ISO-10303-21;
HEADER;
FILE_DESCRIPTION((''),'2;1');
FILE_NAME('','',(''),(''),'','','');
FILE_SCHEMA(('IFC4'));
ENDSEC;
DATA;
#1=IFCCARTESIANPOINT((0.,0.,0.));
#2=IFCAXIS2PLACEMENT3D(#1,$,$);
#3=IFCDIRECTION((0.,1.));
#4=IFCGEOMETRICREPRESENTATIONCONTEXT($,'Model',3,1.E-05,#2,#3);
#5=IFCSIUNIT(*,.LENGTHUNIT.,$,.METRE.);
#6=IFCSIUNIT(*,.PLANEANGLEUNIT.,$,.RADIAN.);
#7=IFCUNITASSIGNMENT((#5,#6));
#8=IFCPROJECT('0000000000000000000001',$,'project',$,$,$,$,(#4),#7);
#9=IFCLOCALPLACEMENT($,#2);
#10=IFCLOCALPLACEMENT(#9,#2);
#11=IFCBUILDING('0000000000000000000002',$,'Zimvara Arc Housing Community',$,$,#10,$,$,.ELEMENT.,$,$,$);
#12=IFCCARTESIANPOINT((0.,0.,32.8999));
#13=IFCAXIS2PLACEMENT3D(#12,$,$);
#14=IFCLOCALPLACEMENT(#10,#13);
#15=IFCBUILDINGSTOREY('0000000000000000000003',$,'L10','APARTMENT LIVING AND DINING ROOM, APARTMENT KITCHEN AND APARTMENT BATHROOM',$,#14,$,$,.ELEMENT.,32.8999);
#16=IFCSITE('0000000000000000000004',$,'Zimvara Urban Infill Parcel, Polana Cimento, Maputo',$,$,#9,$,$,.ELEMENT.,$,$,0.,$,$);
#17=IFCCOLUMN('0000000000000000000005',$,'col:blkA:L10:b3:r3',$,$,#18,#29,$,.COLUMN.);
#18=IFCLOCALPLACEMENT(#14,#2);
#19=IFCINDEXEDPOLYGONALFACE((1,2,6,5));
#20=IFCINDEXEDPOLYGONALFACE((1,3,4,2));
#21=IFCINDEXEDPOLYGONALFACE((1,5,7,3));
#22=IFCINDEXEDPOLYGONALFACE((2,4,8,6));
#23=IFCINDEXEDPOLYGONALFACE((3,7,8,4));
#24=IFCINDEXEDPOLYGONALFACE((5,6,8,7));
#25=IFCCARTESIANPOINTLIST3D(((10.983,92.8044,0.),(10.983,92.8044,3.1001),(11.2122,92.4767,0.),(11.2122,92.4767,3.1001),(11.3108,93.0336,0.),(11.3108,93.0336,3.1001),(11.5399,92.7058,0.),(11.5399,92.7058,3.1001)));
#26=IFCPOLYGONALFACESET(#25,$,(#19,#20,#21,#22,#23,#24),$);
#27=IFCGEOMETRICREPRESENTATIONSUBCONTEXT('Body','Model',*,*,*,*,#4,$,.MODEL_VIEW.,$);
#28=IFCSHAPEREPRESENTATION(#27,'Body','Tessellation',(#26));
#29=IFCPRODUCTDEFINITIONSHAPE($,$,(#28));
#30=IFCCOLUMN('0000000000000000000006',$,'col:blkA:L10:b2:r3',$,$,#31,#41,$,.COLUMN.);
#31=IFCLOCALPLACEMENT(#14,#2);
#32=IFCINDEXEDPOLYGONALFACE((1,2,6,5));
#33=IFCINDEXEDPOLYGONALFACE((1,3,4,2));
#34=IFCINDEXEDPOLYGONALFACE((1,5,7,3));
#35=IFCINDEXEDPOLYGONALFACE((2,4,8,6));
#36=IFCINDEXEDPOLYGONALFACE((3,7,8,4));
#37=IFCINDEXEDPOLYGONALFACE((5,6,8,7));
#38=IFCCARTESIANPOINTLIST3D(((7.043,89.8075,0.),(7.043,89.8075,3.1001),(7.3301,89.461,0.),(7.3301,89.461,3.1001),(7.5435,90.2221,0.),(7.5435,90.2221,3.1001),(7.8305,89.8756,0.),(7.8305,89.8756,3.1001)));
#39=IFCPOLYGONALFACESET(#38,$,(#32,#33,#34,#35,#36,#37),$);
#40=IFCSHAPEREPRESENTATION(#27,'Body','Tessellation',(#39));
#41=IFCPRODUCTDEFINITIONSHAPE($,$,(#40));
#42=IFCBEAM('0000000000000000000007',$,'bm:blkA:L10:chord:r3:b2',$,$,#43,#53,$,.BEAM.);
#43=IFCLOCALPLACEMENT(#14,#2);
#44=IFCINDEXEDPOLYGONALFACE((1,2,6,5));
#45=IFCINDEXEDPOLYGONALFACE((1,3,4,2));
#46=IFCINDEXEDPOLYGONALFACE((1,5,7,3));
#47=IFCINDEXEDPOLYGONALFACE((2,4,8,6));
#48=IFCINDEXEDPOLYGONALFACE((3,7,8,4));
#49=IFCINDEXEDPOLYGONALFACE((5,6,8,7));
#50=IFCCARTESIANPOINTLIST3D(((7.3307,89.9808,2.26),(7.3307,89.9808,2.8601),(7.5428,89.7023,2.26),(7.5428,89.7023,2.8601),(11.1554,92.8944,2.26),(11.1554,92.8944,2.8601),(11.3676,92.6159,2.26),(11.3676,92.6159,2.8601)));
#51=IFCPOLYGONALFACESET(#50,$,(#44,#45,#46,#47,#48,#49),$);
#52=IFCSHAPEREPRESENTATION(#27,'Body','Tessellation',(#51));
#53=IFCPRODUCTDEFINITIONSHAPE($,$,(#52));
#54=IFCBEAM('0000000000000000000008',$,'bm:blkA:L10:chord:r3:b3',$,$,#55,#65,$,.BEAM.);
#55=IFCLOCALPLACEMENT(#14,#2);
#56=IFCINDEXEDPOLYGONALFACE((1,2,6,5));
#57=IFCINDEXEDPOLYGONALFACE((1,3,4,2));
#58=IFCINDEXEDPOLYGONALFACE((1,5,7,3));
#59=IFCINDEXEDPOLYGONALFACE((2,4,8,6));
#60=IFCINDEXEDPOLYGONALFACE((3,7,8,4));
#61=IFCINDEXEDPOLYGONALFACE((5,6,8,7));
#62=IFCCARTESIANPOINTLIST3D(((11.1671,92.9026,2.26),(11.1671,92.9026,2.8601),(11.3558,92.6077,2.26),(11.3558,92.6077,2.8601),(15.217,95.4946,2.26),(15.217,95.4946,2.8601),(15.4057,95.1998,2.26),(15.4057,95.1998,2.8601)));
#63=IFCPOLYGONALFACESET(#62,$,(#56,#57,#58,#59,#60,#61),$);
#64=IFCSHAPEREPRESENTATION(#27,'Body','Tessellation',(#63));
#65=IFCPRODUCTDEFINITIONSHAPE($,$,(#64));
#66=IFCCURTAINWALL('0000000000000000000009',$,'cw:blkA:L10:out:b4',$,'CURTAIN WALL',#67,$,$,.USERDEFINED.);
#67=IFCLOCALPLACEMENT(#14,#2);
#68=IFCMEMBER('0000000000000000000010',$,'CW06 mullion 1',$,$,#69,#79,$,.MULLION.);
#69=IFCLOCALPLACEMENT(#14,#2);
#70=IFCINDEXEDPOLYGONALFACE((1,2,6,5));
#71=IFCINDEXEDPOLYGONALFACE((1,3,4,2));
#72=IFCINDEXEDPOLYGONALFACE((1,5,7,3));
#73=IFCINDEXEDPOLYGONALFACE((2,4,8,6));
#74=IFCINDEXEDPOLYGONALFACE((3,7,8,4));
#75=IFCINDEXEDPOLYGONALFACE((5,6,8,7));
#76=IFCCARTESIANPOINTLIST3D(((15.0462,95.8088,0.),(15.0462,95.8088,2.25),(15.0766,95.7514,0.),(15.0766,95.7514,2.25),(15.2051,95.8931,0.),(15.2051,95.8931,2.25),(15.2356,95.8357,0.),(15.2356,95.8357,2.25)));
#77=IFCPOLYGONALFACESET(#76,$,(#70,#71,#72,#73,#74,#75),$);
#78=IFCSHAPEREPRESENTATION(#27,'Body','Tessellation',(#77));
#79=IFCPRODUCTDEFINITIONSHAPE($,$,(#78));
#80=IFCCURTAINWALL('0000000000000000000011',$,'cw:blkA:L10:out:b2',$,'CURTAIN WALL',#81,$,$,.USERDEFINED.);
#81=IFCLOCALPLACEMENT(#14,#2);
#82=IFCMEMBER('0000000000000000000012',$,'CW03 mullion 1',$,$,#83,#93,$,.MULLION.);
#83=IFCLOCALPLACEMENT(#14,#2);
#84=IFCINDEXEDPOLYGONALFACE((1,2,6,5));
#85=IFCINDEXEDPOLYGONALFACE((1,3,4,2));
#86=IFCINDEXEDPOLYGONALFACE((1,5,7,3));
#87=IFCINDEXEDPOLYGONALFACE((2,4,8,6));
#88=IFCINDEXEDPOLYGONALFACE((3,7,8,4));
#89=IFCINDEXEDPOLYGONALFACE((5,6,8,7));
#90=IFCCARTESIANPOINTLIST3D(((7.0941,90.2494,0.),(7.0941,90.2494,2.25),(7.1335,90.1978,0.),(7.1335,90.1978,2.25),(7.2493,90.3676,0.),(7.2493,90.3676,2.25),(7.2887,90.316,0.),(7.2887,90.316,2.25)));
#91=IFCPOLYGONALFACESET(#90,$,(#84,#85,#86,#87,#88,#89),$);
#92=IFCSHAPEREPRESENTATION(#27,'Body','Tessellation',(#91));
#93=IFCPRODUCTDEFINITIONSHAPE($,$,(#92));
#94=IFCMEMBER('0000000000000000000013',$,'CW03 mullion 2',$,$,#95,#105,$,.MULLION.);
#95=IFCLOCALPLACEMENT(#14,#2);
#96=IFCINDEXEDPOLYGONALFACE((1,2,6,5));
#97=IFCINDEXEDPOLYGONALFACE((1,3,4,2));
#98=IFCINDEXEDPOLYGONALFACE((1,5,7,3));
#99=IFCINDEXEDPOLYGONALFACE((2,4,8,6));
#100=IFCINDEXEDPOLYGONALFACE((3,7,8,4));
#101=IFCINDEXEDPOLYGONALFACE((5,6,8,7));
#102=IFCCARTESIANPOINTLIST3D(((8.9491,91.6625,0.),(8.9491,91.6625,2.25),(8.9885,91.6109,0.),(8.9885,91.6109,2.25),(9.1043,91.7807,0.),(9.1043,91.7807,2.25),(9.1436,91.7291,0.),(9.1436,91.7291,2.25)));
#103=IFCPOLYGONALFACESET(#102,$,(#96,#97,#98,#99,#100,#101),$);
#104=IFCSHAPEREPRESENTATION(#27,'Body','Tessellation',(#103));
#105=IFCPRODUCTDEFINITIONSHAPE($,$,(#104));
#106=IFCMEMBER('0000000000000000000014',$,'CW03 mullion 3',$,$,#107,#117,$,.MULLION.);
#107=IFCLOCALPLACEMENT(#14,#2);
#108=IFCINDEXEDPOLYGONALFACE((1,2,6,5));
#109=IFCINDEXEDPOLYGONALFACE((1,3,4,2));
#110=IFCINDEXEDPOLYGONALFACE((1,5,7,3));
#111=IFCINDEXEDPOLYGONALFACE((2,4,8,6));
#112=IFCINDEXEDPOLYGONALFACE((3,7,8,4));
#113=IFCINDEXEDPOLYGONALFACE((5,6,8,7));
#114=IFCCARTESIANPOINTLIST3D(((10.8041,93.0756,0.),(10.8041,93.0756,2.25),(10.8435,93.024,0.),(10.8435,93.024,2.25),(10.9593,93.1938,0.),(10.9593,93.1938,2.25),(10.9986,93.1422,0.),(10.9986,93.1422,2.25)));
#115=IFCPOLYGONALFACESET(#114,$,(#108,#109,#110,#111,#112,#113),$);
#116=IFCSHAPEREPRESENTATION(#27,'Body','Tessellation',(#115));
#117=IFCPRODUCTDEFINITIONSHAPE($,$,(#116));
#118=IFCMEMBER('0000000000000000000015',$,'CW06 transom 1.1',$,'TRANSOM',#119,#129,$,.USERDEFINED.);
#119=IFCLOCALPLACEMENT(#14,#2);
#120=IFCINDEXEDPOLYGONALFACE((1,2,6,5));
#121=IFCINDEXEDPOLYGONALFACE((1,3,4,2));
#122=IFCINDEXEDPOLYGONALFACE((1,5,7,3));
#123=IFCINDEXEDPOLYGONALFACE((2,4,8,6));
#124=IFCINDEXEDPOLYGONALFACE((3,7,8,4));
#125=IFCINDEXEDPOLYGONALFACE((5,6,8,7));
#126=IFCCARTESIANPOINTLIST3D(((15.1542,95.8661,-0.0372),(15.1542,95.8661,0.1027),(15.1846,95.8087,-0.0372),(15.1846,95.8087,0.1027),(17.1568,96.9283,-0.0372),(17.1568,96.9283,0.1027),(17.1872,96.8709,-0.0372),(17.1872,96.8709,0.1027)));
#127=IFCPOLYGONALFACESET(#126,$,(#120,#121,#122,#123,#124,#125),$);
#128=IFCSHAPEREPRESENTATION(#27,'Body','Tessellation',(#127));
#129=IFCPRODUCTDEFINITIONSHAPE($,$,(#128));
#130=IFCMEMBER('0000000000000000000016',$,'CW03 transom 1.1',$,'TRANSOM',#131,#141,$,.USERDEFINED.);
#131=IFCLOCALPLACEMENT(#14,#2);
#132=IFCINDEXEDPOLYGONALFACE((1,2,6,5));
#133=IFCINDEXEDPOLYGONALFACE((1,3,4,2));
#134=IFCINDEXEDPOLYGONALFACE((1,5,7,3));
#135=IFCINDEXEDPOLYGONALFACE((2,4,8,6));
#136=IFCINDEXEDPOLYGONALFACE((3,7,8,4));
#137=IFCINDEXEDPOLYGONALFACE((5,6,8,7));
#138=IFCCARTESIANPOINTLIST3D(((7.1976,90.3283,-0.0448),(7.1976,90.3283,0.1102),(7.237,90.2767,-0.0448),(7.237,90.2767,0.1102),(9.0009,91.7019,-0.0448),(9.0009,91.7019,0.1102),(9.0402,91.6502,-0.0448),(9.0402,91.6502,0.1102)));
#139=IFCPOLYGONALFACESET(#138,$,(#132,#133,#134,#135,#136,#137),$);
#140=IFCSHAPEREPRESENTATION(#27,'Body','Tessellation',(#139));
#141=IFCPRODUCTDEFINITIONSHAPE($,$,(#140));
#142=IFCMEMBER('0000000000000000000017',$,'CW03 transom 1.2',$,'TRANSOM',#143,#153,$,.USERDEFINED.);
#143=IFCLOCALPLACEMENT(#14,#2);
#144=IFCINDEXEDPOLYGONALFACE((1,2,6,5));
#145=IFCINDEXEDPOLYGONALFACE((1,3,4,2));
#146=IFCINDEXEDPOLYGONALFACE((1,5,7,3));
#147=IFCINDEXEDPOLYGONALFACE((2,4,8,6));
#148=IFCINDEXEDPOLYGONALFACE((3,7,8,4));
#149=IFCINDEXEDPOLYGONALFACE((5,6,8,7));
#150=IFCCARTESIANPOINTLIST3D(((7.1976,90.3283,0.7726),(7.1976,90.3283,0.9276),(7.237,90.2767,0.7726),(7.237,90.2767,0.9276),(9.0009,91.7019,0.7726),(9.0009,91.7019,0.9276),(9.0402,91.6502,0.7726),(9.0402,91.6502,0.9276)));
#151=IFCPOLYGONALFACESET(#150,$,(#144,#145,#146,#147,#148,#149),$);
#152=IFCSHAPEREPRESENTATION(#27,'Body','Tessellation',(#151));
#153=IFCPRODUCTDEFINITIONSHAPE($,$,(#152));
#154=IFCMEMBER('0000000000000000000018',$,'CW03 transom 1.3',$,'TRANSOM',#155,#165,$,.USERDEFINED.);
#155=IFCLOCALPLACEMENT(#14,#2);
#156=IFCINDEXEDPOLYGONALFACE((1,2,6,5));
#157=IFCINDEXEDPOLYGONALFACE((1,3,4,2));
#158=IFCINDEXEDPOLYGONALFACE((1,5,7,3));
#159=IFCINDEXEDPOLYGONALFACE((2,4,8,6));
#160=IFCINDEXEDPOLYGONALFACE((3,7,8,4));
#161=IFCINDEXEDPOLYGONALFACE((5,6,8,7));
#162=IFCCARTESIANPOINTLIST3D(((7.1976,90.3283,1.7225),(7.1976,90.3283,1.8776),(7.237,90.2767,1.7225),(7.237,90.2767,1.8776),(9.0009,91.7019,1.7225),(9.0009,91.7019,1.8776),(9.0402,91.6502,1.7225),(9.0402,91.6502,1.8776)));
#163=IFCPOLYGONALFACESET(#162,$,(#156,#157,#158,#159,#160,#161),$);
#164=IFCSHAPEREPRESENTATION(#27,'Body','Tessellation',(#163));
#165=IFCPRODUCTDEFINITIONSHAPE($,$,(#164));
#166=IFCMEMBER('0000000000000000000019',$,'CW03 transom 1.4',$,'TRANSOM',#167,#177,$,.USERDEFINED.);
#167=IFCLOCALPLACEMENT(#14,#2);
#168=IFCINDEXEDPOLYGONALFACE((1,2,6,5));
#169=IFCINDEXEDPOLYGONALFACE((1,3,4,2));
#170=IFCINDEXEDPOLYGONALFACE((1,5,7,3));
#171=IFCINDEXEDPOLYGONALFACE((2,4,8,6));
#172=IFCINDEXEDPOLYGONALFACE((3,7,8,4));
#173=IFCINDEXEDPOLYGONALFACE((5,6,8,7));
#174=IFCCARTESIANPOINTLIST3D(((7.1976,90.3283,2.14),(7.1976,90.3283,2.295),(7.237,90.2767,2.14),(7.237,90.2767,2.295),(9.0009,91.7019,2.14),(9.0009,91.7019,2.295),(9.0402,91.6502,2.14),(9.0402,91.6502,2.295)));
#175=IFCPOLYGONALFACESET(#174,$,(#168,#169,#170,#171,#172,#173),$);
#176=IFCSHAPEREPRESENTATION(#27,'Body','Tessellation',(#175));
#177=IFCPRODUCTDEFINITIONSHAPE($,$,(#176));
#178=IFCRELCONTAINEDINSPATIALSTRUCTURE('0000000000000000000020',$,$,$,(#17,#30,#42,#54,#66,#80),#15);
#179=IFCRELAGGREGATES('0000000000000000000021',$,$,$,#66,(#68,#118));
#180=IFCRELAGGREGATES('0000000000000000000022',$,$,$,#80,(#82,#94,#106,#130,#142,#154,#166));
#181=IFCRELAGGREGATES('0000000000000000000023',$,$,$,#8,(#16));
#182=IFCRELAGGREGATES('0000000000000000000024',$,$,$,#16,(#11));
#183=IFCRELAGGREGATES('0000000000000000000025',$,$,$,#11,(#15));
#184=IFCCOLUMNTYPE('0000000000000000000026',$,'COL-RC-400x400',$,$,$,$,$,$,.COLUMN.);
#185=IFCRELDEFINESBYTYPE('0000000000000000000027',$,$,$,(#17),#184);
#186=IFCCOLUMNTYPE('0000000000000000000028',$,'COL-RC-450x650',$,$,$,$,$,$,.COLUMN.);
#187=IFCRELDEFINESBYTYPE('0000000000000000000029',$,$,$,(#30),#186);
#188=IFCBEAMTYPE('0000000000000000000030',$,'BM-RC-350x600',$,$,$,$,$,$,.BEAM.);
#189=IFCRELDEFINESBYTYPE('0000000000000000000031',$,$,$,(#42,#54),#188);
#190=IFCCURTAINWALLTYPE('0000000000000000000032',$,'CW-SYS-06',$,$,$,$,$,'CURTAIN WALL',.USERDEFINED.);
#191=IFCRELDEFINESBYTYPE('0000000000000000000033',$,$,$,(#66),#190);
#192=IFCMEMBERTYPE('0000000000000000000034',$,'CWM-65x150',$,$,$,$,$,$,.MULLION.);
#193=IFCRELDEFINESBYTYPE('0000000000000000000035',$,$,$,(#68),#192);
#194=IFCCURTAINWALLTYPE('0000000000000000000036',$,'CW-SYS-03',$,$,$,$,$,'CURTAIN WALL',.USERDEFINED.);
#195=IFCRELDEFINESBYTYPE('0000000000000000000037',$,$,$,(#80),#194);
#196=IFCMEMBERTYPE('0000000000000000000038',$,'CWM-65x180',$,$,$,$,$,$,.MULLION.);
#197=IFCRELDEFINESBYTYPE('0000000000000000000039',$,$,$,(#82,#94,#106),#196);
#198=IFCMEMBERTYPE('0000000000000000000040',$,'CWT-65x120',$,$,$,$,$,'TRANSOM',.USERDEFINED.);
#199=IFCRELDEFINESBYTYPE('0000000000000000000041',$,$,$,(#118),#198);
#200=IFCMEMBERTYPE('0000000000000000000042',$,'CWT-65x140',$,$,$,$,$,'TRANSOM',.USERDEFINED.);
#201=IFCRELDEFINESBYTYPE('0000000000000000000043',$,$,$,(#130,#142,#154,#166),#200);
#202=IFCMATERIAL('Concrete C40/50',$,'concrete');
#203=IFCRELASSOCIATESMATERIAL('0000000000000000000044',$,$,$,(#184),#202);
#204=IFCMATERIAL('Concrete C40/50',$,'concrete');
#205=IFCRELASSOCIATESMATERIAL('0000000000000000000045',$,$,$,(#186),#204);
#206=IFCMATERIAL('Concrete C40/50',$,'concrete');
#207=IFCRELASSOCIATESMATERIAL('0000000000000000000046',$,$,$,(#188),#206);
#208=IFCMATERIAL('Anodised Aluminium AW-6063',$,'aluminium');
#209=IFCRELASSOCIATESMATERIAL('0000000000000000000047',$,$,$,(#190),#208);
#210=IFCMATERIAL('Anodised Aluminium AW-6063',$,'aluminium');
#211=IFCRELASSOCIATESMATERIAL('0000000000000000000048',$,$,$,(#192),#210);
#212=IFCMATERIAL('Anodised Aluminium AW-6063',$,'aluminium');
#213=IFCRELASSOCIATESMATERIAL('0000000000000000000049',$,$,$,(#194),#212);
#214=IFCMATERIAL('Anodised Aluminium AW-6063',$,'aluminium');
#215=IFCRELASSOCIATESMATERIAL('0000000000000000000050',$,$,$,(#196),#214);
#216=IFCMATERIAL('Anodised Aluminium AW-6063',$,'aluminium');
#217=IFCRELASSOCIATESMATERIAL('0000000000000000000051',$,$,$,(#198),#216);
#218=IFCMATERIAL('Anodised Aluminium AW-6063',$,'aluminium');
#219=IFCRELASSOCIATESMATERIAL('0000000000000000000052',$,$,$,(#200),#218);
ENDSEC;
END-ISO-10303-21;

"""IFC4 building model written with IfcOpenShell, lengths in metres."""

from ifc_helpers import new_model, si_unit, direction, frame, origin, origin_2d, place, context, subcontext, project, spatial, rectangle, extrude, material, material_profile, profile_set, type_object, element, aggregate, save


model = new_model("IFC4")

# Units and contexts
model_context = context("Model", 3, precision=1e-05, world=origin(), true_north=direction((0.0, 1.0)))
body_context = subcontext(model_context, "Body", "Model", "MODEL_VIEW")
ifc_project = project(units=[si_unit("LENGTHUNIT", "METRE"), si_unit("PLANEANGLEUNIT", "RADIAN")], contexts=[model_context])

# Site, building, storey
site_placement = place(None, origin())
site = spatial("IfcSite", under=ifc_project, at=site_placement, Name="Zimvara Urban Infill Parcel, Polana Cimento, Maputo", CompositionType="ELEMENT", RefElevation=0.0)
building_placement = place(site_placement, origin())
building = spatial("IfcBuilding", under=site, at=building_placement, Name="Zimvara Arc Housing Community", CompositionType="ELEMENT")
storey_placement = place(building_placement, frame((0.0, 0.0, 32.8999)))
storey = spatial("IfcBuildingStorey", under=building, at=storey_placement, Name="L10", Description="APARTMENT LIVING AND DINING ROOM, APARTMENT KITCHEN AND APARTMENT BATHROOM", CompositionType="ELEMENT", Elevation=32.8999)

# Columns
ifc_material_1 = material(Name="Concrete C40/50", Category="concrete")
ifc_material_profile_1 = material_profile(ifc_material_1, rectangle(XDim=0.3999, YDim=0.3999, at=origin_2d()), Name="RC 400x400")
ifc_profile_set_1 = profile_set([ifc_material_profile_1], Name="Concrete C40/50")
column_type_1 = type_object("IfcColumnType", Name="COL-RC-400x400", PredefinedType="COLUMN", material=ifc_profile_set_1)
column_1_placement = place(storey_placement, frame((11.2615, 92.7551, 0.0), z_axis=(0.0, 0.0, 1.0), x_axis=(-0.573004, 0.819552, 0.0)))
element("IfcColumn", 1, at=column_1_placement, inside=storey, type_object=column_type_1, Name="col:blkA:L10:b3:r3", PredefinedType="COLUMN", context=body_context, shape_type="SweptSolid", body=[
    extrude(rectangle(XDim=0.3999, YDim=0.3999, at=origin_2d()), origin(), (0.0, 0.0, 1.0), 3.1001),
])
ifc_material_2 = material(Name="Concrete C40/50", Category="concrete")
ifc_material_profile_2 = material_profile(ifc_material_2, rectangle(XDim=0.45, YDim=0.6499, at=origin_2d()), Name="RC 450x650")
ifc_profile_set_2 = profile_set([ifc_material_profile_2], Name="Concrete C40/50")
column_type_2 = type_object("IfcColumnType", Name="COL-RC-450x650", PredefinedType="COLUMN", material=ifc_profile_set_2)
column_2_placement = place(storey_placement, frame((7.4368, 89.8416, 0.0), z_axis=(0.0, 0.0, 1.0), x_axis=(-0.637962, 0.770068, 0.0)))
element("IfcColumn", 2, at=column_2_placement, inside=storey, type_object=column_type_2, Name="col:blkA:L10:b2:r3", PredefinedType="COLUMN", context=body_context, shape_type="SweptSolid", body=[
    extrude(rectangle(XDim=0.45, YDim=0.6499, at=origin_2d()), origin(), (0.0, 0.0, 1.0), 3.1001),
])

# Beams
ifc_material_3 = material(Name="Concrete C40/50", Category="concrete")
ifc_material_profile_3 = material_profile(ifc_material_3, rectangle(XDim=0.3501, YDim=0.6001, at=origin_2d()), Name="RC 350x600")
ifc_profile_set_3 = profile_set([ifc_material_profile_3], Name="Concrete C40/50")
beam_type = type_object("IfcBeamType", Name="BM-RC-350x600", PredefinedType="BEAM", material=ifc_profile_set_3)
beam_1_placement = place(storey_placement, frame((7.4368, 89.8416, 2.5601), z_axis=(0.795481, 0.605979, 0.0), x_axis=(-0.605979, 0.795481, 0.0)))
element("IfcBeam", 3, at=beam_1_placement, inside=storey, type_object=beam_type, Name="bm:blkA:L10:chord:r3:b2", PredefinedType="BEAM", context=body_context, shape_type="SweptSolid", body=[
    extrude(rectangle(XDim=0.3501, YDim=0.6001, at=origin_2d()), origin(), (0.0, 0.0, 1.0), 4.8081),
])
beam_2_placement = place(storey_placement, frame((11.2615, 92.7551, 2.5601), z_axis=(0.842256, 0.539078, 0.0), x_axis=(-0.539078, 0.842256, 0.0)))
element("IfcBeam", 4, at=beam_2_placement, inside=storey, type_object=beam_type, Name="bm:blkA:L10:chord:r3:b3", PredefinedType="BEAM", context=body_context, shape_type="SweptSolid", body=[
    extrude(rectangle(XDim=0.3501, YDim=0.6001, at=origin_2d()), origin(), (0.0, 0.0, 1.0), 4.8083),
])

# Curtain wall, member
ifc_material_4 = material(Name="Anodised Aluminium AW-6063", Category="aluminium")
curtain_wall_type_1 = type_object("IfcCurtainWallType", Name="CW-SYS-06", ElementType="CURTAIN WALL", PredefinedType="USERDEFINED", material=ifc_material_4)
curtain_wall_1_placement = place(storey_placement, origin())
curtain_wall_1 = element("IfcCurtainWall", 5, at=curtain_wall_1_placement, inside=storey, type_object=curtain_wall_type_1, Name="cw:blkA:L10:out:b4", ObjectType="CURTAIN WALL", PredefinedType="USERDEFINED")
ifc_material_5 = material(Name="Anodised Aluminium AW-6063", Category="aluminium")
ifc_material_profile_4 = material_profile(ifc_material_5, rectangle(XDim=0.0649, YDim=0.1799, at=origin_2d()), Name="ALU 65x180")
ifc_profile_set_4 = profile_set([ifc_material_profile_4], Name="Anodised Aluminium AW-6063")
member_type_1 = type_object("IfcMemberType", Name="CWM-65x150", PredefinedType="MULLION", material=ifc_profile_set_4)
member_1_placement = place(storey_placement, frame((15.1409, 95.8223, 0.0), z_axis=(0.0, 0.0, 1.0), x_axis=(-0.468547, 0.883439, 0.0)))
member_1 = element("IfcMember", 6, at=member_1_placement, type_object=member_type_1, Name="CW06 mullion 1", PredefinedType="MULLION", context=body_context, shape_type="SweptSolid", body=[
    extrude(rectangle(XDim=0.0649, YDim=0.1799, at=origin_2d()), origin(), (0.0, 0.0, 1.0), 2.25),
])

# Curtain wall, members
ifc_material_6 = material(Name="Anodised Aluminium AW-6063", Category="aluminium")
curtain_wall_type_2 = type_object("IfcCurtainWallType", Name="CW-SYS-03", ElementType="CURTAIN WALL", PredefinedType="USERDEFINED", material=ifc_material_6)
curtain_wall_2_placement = place(storey_placement, origin())
curtain_wall_2 = element("IfcCurtainWall", 7, at=curtain_wall_2_placement, inside=storey, type_object=curtain_wall_type_2, Name="cw:blkA:L10:out:b2", ObjectType="CURTAIN WALL", PredefinedType="USERDEFINED")
ifc_material_7 = material(Name="Anodised Aluminium AW-6063", Category="aluminium")
ifc_material_profile_5 = material_profile(ifc_material_7, rectangle(XDim=0.0649, YDim=0.1951, at=origin_2d()), Name="ALU 65x195")
ifc_profile_set_5 = profile_set([ifc_material_profile_5], Name="Anodised Aluminium AW-6063")
member_type_2 = type_object("IfcMemberType", Name="CWM-65x180", PredefinedType="MULLION", material=ifc_profile_set_5)
member_2_placement = place(storey_placement, frame((7.1914, 90.2827, 0.0), z_axis=(0.0, 0.0, 1.0), x_axis=(-0.605988, 0.795474, 0.0)))
member_2 = element("IfcMember", 8, at=member_2_placement, type_object=member_type_2, Name="CW03 mullion 1", PredefinedType="MULLION", context=body_context, shape_type="SweptSolid", body=[
    extrude(rectangle(XDim=0.0649, YDim=0.1951, at=origin_2d()), origin(), (0.0, 0.0, 1.0), 2.25),
])
member_3_placement = place(storey_placement, frame((9.0464, 91.6958, 0.0), z_axis=(0.0, 0.0, 1.0), x_axis=(-0.605988, 0.795474, 0.0)))
member_3 = element("IfcMember", 9, at=member_3_placement, type_object=member_type_2, Name="CW03 mullion 2", PredefinedType="MULLION", context=body_context, shape_type="SweptSolid", body=[
    extrude(rectangle(XDim=0.0649, YDim=0.1951, at=origin_2d()), origin(), (0.0, 0.0, 1.0), 2.25),
])
member_4_placement = place(storey_placement, frame((10.9014, 93.1089, 0.0), z_axis=(0.0, 0.0, 1.0), x_axis=(-0.605988, 0.795474, 0.0)))
member_4 = element("IfcMember", 10, at=member_4_placement, type_object=member_type_2, Name="CW03 mullion 3", PredefinedType="MULLION", context=body_context, shape_type="SweptSolid", body=[
    extrude(rectangle(XDim=0.0649, YDim=0.1951, at=origin_2d()), origin(), (0.0, 0.0, 1.0), 2.25),
])

# Members
ifc_material_8 = material(Name="Anodised Aluminium AW-6063", Category="aluminium")
ifc_material_profile_6 = material_profile(ifc_material_8, rectangle(XDim=0.0649, YDim=0.1399, at=origin_2d()), Name="ALU 65x140")
ifc_profile_set_6 = profile_set([ifc_material_profile_6], Name="Anodised Aluminium AW-6063")
member_type_3 = type_object("IfcMemberType", Name="CWT-65x120", ElementType="TRANSOM", PredefinedType="USERDEFINED", material=ifc_profile_set_6)
member_5_placement = place(storey_placement, frame((15.1694, 95.8374, 0.0327), z_axis=(0.883421, 0.46858, 0.0), x_axis=(-0.46858, 0.883421, 0.0)))
member_5 = element("IfcMember", 11, at=member_5_placement, type_object=member_type_3, Name="CW06 transom 1.1", ObjectType="TRANSOM", PredefinedType="USERDEFINED", context=body_context, shape_type="SweptSolid", body=[
    extrude(rectangle(XDim=0.0649, YDim=0.1399, at=origin_2d()), origin(), (0.0, 0.0, 1.0), 2.2668),
])
aggregate(curtain_wall_1, [member_1, member_5])
ifc_material_9 = material(Name="Anodised Aluminium AW-6063", Category="aluminium")
ifc_material_profile_7 = material_profile(ifc_material_9, rectangle(XDim=0.0649, YDim=0.155, at=origin_2d()), Name="ALU 65x155")
ifc_profile_set_7 = profile_set([ifc_material_profile_7], Name="Anodised Aluminium AW-6063")
member_type_4 = type_object("IfcMemberType", Name="CWT-65x140", ElementType="TRANSOM", PredefinedType="USERDEFINED", material=ifc_profile_set_7)
member_6_placement = place(storey_placement, frame((7.2173, 90.3025, 0.0327), z_axis=(0.795506, 0.605946, 0.0), x_axis=(-0.605946, 0.795506, 0.0)))
member_6 = element("IfcMember", 12, at=member_6_placement, type_object=member_type_4, Name="CW03 transom 1.1", ObjectType="TRANSOM", PredefinedType="USERDEFINED", context=body_context, shape_type="SweptSolid", body=[
    extrude(rectangle(XDim=0.0649, YDim=0.155, at=origin_2d()), origin(), (0.0, 0.0, 1.0), 2.2668),
])
member_7_placement = place(storey_placement, frame((7.2173, 90.3025, 0.8501), z_axis=(0.795506, 0.605946, 0.0), x_axis=(-0.605946, 0.795506, 0.0)))
member_7 = element("IfcMember", 13, at=member_7_placement, type_object=member_type_4, Name="CW03 transom 1.2", ObjectType="TRANSOM", PredefinedType="USERDEFINED", context=body_context, shape_type="SweptSolid", body=[
    extrude(rectangle(XDim=0.0649, YDim=0.155, at=origin_2d()), origin(), (0.0, 0.0, 1.0), 2.2668),
])
member_8_placement = place(storey_placement, frame((7.2173, 90.3025, 1.8), z_axis=(0.795506, 0.605946, 0.0), x_axis=(-0.605946, 0.795506, 0.0)))
member_8 = element("IfcMember", 14, at=member_8_placement, type_object=member_type_4, Name="CW03 transom 1.3", ObjectType="TRANSOM", PredefinedType="USERDEFINED", context=body_context, shape_type="SweptSolid", body=[
    extrude(rectangle(XDim=0.0649, YDim=0.155, at=origin_2d()), origin(), (0.0, 0.0, 1.0), 2.2668),
])
member_9_placement = place(storey_placement, frame((7.2173, 90.3025, 2.2175), z_axis=(0.795506, 0.605946, 0.0), x_axis=(-0.605946, 0.795506, 0.0)))
member_9 = element("IfcMember", 15, at=member_9_placement, type_object=member_type_4, Name="CW03 transom 1.4", ObjectType="TRANSOM", PredefinedType="USERDEFINED", context=body_context, shape_type="SweptSolid", body=[
    extrude(rectangle(XDim=0.0649, YDim=0.155, at=origin_2d()), origin(), (0.0, 0.0, 1.0), 2.2668),
])

aggregate(curtain_wall_2, [member_2, member_3, member_4, member_6, member_7, member_8, member_9])

save(model, "model.ifc")
